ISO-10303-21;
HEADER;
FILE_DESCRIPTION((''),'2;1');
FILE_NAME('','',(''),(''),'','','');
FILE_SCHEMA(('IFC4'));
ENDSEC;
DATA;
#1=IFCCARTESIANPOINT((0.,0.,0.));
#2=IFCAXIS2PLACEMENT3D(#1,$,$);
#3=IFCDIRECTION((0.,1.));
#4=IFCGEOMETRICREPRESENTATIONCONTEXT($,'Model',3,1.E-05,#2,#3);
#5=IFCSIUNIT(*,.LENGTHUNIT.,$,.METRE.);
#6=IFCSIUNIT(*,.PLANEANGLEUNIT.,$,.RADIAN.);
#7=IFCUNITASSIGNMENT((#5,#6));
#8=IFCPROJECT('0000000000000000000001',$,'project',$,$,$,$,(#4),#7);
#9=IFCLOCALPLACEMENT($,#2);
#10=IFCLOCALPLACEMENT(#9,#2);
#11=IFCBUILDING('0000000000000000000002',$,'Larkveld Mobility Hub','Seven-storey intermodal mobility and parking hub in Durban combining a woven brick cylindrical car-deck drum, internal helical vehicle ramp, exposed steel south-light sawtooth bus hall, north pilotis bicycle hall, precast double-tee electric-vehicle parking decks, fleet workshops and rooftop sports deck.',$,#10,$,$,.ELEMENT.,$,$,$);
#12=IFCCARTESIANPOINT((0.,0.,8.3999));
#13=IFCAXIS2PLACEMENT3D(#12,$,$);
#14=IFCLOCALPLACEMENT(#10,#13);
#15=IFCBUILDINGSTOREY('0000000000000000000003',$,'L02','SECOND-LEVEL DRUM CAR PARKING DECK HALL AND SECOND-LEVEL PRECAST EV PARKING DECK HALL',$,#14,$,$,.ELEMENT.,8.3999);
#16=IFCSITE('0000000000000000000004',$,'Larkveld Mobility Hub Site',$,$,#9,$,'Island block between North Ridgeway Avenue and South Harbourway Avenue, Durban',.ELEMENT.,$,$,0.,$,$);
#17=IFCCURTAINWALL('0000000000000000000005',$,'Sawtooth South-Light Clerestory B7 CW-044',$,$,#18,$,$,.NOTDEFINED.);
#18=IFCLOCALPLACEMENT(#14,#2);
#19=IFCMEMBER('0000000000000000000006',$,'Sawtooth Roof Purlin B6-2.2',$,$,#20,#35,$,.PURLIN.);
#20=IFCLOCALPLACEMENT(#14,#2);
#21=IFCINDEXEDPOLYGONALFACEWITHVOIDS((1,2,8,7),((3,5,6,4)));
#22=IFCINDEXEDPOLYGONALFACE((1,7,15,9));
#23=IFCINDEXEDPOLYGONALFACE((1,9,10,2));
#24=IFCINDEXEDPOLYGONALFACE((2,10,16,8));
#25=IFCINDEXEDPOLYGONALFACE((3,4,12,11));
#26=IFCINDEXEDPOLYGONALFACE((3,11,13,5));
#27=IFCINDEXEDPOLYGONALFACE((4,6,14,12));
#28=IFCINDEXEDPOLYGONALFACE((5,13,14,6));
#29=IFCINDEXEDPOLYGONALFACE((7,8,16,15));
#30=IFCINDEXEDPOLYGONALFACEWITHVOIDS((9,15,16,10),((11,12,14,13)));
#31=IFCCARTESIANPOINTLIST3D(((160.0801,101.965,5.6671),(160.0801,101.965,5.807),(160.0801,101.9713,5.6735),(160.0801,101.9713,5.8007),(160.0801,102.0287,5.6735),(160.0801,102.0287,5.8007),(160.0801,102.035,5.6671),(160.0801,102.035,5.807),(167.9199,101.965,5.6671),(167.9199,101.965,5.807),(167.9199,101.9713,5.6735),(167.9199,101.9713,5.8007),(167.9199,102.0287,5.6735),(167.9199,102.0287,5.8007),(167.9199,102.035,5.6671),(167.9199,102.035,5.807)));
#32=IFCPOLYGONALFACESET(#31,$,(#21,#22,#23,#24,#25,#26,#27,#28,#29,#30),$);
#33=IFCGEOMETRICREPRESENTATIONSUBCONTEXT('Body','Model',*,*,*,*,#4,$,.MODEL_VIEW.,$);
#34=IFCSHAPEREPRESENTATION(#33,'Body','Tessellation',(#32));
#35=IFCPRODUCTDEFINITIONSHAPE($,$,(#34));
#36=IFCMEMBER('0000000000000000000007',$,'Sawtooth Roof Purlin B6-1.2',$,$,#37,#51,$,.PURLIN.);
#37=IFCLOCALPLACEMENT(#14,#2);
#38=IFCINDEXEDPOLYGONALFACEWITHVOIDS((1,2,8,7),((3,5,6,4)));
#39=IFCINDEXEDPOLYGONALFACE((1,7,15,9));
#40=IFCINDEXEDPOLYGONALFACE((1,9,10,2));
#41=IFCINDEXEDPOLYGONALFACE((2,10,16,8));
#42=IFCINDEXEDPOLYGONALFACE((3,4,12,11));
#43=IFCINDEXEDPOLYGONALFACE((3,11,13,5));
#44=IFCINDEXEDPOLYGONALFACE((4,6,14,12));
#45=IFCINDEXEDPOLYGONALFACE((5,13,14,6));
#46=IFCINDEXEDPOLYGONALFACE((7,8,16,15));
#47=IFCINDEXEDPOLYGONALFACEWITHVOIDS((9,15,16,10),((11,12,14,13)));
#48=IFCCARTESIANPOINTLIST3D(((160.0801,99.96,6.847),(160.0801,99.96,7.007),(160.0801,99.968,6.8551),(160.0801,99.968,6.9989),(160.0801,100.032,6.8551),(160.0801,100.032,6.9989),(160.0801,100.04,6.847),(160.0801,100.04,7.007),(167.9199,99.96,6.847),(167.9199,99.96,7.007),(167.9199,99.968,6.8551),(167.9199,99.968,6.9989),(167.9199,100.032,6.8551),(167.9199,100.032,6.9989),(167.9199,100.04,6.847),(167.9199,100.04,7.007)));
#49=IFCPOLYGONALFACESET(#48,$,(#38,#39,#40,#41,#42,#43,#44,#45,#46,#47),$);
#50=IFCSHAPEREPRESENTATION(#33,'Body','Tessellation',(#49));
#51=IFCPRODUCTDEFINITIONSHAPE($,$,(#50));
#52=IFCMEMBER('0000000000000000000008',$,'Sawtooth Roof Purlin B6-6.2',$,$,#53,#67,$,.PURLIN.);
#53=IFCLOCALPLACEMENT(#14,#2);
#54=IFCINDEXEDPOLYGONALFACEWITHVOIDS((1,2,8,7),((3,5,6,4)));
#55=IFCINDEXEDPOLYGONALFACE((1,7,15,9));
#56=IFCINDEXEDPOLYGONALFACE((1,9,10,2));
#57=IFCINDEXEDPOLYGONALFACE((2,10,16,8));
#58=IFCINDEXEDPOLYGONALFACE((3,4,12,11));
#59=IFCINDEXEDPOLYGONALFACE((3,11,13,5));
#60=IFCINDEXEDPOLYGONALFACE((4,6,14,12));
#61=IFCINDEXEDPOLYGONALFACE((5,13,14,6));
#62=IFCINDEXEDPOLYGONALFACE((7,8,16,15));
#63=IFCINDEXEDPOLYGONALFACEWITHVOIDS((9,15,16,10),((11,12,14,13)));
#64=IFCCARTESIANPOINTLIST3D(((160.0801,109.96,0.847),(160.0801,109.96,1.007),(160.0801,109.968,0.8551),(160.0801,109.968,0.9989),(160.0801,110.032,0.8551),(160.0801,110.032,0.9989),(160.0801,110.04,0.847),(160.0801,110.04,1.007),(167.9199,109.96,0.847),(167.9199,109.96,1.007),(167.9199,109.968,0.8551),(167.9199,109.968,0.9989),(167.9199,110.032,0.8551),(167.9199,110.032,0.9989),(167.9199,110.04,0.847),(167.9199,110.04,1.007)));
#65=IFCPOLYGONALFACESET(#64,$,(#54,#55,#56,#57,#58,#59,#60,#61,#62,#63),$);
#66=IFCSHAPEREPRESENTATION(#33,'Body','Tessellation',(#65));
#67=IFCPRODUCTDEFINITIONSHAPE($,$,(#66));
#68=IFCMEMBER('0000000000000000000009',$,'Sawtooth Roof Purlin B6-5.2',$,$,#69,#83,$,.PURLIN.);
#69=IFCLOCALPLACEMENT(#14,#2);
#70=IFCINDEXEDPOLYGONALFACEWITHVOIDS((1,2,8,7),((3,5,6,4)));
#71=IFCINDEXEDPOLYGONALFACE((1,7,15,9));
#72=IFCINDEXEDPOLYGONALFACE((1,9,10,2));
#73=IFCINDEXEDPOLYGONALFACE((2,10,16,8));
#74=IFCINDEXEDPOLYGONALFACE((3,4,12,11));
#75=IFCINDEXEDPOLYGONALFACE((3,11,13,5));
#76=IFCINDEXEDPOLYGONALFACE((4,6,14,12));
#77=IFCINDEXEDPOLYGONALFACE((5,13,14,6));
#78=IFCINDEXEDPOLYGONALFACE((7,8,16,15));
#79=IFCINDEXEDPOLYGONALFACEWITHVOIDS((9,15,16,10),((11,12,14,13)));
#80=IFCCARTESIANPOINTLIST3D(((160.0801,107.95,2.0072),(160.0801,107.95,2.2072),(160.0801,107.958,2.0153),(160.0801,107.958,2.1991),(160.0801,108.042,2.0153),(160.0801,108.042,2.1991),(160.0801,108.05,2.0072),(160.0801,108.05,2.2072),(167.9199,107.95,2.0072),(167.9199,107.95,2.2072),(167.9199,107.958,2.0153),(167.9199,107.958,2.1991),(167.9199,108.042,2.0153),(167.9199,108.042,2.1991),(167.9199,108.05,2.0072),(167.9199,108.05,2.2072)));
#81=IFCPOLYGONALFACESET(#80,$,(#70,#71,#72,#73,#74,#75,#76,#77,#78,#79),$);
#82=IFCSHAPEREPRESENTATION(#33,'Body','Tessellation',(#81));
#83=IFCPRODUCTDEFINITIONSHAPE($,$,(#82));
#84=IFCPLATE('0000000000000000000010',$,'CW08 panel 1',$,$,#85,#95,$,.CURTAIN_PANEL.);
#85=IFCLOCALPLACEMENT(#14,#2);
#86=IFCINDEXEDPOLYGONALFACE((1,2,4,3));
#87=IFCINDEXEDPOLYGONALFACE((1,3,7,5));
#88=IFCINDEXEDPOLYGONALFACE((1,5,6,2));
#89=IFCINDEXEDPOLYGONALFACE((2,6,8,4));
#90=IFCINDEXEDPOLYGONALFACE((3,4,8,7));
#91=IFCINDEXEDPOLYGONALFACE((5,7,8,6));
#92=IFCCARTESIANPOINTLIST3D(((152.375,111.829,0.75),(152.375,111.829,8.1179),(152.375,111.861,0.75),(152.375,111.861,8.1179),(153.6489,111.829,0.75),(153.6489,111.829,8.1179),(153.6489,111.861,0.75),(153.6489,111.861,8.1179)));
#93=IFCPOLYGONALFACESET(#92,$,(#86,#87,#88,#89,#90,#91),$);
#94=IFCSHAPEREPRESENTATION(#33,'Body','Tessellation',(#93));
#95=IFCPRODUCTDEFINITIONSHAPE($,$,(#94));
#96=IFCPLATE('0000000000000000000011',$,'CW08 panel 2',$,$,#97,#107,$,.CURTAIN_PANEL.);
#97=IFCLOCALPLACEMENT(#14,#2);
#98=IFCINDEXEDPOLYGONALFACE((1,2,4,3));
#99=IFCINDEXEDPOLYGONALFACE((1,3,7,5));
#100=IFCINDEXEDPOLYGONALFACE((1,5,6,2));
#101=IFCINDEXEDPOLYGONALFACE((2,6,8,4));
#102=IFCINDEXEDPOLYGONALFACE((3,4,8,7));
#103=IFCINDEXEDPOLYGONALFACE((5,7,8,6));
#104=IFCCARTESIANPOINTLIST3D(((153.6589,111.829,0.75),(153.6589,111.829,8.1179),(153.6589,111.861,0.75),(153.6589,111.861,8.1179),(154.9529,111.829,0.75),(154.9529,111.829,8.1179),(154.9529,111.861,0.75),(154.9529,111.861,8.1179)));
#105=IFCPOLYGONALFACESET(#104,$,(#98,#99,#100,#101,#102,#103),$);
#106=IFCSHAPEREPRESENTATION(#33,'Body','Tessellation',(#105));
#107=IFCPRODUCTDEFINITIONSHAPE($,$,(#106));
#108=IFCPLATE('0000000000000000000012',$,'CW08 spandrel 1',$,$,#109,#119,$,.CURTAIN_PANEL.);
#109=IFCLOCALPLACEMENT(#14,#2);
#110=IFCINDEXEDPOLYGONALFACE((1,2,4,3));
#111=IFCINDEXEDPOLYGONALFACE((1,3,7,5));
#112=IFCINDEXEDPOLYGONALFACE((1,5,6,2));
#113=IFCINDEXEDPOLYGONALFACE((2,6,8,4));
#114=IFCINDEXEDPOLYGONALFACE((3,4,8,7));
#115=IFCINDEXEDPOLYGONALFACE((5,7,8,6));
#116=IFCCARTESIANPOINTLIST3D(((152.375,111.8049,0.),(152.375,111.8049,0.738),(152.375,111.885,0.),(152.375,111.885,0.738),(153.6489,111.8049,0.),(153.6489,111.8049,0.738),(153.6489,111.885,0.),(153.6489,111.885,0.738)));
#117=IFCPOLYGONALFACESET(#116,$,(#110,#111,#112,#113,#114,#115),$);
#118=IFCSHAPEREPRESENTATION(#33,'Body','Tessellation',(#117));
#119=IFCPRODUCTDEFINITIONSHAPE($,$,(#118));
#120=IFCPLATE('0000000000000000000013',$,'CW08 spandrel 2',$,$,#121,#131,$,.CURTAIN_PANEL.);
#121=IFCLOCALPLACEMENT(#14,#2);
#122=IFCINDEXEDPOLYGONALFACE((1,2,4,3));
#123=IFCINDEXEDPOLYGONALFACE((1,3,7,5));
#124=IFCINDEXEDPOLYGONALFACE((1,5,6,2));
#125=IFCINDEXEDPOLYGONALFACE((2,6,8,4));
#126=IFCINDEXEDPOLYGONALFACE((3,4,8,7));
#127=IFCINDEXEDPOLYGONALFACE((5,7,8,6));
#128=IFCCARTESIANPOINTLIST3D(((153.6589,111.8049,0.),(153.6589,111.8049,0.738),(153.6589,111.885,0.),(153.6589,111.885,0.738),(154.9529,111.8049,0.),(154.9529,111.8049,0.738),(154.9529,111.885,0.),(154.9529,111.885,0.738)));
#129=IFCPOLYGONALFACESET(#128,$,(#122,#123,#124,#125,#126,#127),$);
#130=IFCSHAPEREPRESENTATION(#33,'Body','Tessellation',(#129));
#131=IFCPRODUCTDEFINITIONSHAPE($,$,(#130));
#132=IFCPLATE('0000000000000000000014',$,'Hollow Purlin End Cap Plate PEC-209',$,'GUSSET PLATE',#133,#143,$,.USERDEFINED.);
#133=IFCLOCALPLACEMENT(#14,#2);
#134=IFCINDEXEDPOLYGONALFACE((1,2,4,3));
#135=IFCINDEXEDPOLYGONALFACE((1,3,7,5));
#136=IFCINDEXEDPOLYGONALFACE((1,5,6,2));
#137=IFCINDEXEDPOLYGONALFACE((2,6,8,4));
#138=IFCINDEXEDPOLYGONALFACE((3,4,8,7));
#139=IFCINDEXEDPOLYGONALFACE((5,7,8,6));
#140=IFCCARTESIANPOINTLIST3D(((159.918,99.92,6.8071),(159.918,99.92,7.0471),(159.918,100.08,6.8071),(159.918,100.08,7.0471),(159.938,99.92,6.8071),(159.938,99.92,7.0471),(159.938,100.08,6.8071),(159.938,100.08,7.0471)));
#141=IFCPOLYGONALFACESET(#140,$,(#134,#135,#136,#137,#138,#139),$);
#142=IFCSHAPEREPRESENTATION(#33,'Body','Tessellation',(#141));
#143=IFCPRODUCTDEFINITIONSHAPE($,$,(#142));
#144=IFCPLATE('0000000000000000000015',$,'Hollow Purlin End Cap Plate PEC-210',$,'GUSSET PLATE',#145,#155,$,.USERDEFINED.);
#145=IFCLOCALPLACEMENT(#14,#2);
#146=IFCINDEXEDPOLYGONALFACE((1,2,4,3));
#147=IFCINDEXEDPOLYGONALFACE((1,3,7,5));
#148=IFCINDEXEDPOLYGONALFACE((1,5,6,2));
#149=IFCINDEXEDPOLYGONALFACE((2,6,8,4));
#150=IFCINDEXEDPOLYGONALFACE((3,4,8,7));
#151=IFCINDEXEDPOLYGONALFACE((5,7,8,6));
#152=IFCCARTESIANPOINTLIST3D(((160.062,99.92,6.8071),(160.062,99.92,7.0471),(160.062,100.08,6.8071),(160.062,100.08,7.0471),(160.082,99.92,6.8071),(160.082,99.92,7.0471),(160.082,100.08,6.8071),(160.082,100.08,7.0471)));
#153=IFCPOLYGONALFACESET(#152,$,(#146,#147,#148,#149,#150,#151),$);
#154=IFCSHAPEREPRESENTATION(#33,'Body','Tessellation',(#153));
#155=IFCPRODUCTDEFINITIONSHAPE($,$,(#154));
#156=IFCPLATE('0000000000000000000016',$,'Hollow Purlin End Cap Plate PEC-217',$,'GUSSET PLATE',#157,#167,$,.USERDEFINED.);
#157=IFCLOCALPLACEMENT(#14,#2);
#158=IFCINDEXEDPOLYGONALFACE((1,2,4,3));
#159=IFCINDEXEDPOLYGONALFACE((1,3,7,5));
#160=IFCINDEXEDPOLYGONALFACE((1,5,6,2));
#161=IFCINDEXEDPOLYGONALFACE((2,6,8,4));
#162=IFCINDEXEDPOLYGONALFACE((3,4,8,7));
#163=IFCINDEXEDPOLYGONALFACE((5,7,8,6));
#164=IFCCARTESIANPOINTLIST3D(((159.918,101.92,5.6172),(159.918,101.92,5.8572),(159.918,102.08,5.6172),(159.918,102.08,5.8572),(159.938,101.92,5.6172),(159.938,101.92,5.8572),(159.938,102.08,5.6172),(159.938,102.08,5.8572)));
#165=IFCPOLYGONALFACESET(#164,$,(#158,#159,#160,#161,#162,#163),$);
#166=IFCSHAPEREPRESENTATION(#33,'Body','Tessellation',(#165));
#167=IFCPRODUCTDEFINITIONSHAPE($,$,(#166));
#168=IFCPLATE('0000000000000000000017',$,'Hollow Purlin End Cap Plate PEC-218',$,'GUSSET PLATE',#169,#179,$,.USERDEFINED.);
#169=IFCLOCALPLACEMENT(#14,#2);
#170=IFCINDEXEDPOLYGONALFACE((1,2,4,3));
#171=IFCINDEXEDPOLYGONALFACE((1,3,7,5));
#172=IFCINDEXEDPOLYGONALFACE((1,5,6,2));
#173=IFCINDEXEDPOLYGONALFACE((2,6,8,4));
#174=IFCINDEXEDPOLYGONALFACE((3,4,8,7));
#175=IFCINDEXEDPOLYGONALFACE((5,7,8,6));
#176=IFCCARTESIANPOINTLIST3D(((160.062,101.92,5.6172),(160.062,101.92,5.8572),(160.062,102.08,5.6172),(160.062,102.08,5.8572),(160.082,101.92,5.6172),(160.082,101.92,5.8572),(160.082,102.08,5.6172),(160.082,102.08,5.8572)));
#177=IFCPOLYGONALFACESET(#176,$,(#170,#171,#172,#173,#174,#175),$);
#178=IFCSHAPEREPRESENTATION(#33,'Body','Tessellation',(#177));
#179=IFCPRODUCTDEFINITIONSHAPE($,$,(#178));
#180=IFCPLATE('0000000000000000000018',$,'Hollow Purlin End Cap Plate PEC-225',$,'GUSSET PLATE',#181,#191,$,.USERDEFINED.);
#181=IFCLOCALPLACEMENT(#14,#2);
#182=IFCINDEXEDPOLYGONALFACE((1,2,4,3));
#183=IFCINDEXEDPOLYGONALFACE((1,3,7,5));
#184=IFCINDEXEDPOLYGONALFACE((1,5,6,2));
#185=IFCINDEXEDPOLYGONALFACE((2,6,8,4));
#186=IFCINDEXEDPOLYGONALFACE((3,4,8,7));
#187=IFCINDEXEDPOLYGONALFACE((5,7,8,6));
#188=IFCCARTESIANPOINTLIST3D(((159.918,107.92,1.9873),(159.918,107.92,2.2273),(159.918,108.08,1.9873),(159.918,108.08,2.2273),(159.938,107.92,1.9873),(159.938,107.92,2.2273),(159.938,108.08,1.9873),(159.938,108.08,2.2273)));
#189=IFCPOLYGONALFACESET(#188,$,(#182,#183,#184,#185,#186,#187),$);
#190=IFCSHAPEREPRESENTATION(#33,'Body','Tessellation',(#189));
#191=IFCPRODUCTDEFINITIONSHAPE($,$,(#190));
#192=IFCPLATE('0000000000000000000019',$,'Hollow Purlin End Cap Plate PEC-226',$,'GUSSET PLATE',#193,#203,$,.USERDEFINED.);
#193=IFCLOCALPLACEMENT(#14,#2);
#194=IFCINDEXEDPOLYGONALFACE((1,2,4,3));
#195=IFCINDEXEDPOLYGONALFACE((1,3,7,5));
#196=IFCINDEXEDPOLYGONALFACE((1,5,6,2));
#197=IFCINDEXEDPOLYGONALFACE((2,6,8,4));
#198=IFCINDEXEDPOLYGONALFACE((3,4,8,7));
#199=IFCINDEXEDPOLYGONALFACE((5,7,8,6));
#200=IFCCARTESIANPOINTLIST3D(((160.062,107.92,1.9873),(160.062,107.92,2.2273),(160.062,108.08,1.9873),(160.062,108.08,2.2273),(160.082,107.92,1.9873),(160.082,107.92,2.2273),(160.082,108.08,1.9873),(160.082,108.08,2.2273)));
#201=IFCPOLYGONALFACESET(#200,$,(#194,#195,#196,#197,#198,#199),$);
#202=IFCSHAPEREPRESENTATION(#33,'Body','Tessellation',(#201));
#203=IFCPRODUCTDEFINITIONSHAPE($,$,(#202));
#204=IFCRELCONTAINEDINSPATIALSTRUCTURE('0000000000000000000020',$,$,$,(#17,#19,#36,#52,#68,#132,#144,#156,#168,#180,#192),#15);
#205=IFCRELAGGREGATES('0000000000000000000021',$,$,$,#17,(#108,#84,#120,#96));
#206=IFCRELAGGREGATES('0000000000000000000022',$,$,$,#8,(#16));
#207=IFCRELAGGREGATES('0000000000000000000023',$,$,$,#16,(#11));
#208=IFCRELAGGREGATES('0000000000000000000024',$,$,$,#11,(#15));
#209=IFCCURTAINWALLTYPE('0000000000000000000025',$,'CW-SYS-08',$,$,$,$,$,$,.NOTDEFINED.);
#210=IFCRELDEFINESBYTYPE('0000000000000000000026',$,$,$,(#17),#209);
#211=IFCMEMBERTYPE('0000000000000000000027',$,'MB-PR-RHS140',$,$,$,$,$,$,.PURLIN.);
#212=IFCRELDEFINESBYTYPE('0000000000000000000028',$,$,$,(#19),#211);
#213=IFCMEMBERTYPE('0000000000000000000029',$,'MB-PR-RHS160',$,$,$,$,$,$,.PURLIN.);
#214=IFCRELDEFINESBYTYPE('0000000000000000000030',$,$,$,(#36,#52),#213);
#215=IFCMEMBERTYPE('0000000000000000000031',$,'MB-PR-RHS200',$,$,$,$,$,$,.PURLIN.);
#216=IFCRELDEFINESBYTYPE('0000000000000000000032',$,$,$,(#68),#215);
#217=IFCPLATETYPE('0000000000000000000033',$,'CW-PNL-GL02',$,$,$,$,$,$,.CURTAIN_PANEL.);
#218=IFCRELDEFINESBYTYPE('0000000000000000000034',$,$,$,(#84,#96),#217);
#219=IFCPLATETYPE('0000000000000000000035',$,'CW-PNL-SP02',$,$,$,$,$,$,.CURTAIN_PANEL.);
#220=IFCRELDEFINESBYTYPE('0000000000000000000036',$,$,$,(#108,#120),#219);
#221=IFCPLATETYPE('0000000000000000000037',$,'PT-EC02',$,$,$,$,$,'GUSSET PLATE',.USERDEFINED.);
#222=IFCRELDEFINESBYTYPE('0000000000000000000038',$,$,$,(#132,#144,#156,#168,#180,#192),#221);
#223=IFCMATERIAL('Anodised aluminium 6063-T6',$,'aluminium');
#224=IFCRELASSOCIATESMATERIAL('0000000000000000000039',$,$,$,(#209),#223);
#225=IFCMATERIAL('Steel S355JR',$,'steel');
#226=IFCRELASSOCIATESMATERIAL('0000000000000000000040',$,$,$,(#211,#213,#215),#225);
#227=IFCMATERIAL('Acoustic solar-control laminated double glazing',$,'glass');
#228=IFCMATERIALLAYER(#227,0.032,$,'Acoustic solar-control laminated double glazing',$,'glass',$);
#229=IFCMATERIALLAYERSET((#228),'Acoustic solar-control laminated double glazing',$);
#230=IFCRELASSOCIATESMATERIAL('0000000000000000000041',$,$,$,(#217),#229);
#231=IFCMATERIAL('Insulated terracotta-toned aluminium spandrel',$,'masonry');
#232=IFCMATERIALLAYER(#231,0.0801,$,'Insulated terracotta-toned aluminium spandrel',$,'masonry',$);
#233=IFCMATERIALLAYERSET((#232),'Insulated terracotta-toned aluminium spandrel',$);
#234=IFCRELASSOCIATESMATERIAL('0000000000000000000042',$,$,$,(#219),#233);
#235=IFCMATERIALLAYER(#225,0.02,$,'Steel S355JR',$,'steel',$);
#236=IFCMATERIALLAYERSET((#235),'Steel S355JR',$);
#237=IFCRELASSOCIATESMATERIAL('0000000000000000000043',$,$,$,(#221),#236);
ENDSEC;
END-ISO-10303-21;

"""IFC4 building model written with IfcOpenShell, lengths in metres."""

from ifc_helpers import new_model, si_unit, direction, frame, origin, origin_2d, place, context, subcontext, project, spatial, rectangle, hollow_rectangle, extrude, material, layer, layer_set, material_profile, profile_set, type_object, element, aggregate, save


model = new_model("IFC4")

# Units and contexts
model_context = context("Model", 3, precision=1e-05, world=origin(), true_north=direction((0.0, 1.0)))
body_context = subcontext(model_context, "Body", "Model", "MODEL_VIEW")
ifc_project = project(units=[si_unit("LENGTHUNIT", "METRE"), si_unit("PLANEANGLEUNIT", "RADIAN")], contexts=[model_context])

# Site, building, storey
site_placement = place(None, origin())
site = spatial("IfcSite", under=ifc_project, at=site_placement, Name="Larkveld Mobility Hub Site", LongName="Island block between North Ridgeway Avenue and South Harbourway Avenue, Durban", CompositionType="ELEMENT", RefElevation=0.0)
building_placement = place(site_placement, origin())
building = spatial("IfcBuilding", under=site, at=building_placement, Name="Larkveld Mobility Hub", Description="Seven-storey intermodal mobility and parking hub in Durban combining a woven brick cylindrical car-deck drum, internal helical vehicle ramp, exposed steel south-light sawtooth bus hall, north pilotis bicycle hall, precast double-tee electric-vehicle parking decks, fleet workshops and rooftop sports deck.", CompositionType="ELEMENT")
storey_placement = place(building_placement, frame((0.0, 0.0, 8.3999)))
storey = spatial("IfcBuildingStorey", under=building, at=storey_placement, Name="L02", Description="SECOND-LEVEL DRUM CAR PARKING DECK HALL AND SECOND-LEVEL PRECAST EV PARKING DECK HALL", CompositionType="ELEMENT", Elevation=8.3999)

# Curtain wall
ifc_material_1 = material(Name="Anodised aluminium 6063-T6", Category="aluminium")
curtain_wall_type = type_object("IfcCurtainWallType", Name="CW-SYS-08", PredefinedType="NOTDEFINED", material=ifc_material_1)
curtain_wall_placement = place(storey_placement, origin())
curtain_wall = element("IfcCurtainWall", 1, at=curtain_wall_placement, inside=storey, type_object=curtain_wall_type, Name="Sawtooth South-Light Clerestory B7 CW-044", PredefinedType="NOTDEFINED")

# Members
ifc_material_2 = material(Name="Steel S355JR", Category="steel")
ifc_material_profile_1 = material_profile(ifc_material_2, hollow_rectangle(XDim=0.0701, YDim=0.1399, WallThickness=0.0063, at=origin_2d()), Name="RHS 140x70x6.3")
ifc_profile_set_1 = profile_set([ifc_material_profile_1], Name="Steel S355JR")
member_type_1 = type_object("IfcMemberType", Name="MB-PR-RHS140", PredefinedType="PURLIN", material=ifc_profile_set_1)
member_1_placement = place(storey_placement, frame((160.0801, 102.0, 5.7371), z_axis=(1.0, 0.0, 0.0), x_axis=(0.0, 1.0, 0.0)))
element("IfcMember", 2, at=member_1_placement, inside=storey, type_object=member_type_1, Name="Sawtooth Roof Purlin B6-2.2", PredefinedType="PURLIN", context=body_context, shape_type="SweptSolid", body=[
    extrude(hollow_rectangle(XDim=0.0701, YDim=0.1399, WallThickness=0.0063, at=origin_2d()), origin(), (0.0, 0.0, 1.0), 7.8398),
])
ifc_material_profile_2 = material_profile(ifc_material_2, hollow_rectangle(XDim=0.0801, YDim=0.1599, WallThickness=0.0081, at=origin_2d()), Name="RHS 160x80x8")
ifc_profile_set_2 = profile_set([ifc_material_profile_2], Name="Steel S355JR")
member_type_2 = type_object("IfcMemberType", Name="MB-PR-RHS160", PredefinedType="PURLIN", material=ifc_profile_set_2)
for number, where, z_axis, x_axis, name in (
    (3, (160.0801, 100.0, 6.927), (1.0, 0.0, 0.0), (0.0, 1.0, 0.0), "Sawtooth Roof Purlin B6-1.2"),
    (4, (160.0801, 110.0, 0.927), (1.0, 0.0, 0.0), (0.0, 1.0, 0.0), "Sawtooth Roof Purlin B6-6.2"),
):
    element("IfcMember", number, at=place(storey_placement, frame(where, z_axis=z_axis, x_axis=x_axis)), inside=storey, type_object=member_type_2, Name=name, PredefinedType="PURLIN", context=body_context, shape_type="SweptSolid", body=[
        extrude(hollow_rectangle(XDim=0.0801, YDim=0.1599, WallThickness=0.0081, at=origin_2d()), origin(), (0.0, 0.0, 1.0), 7.8398),
    ])
ifc_material_profile_3 = material_profile(ifc_material_2, hollow_rectangle(XDim=0.1001, YDim=0.2, WallThickness=0.0081, at=origin_2d()), Name="RHS 200x100x8")
ifc_profile_set_3 = profile_set([ifc_material_profile_3], Name="Steel S355JR")
member_type_3 = type_object("IfcMemberType", Name="MB-PR-RHS200", PredefinedType="PURLIN", material=ifc_profile_set_3)
member_2_placement = place(storey_placement, frame((160.0801, 108.0, 2.1072), z_axis=(1.0, 0.0, 0.0), x_axis=(0.0, 1.0, 0.0)))
element("IfcMember", 5, at=member_2_placement, inside=storey, type_object=member_type_3, Name="Sawtooth Roof Purlin B6-5.2", PredefinedType="PURLIN", context=body_context, shape_type="SweptSolid", body=[
    extrude(hollow_rectangle(XDim=0.1001, YDim=0.2, WallThickness=0.0081, at=origin_2d()), origin(), (0.0, 0.0, 1.0), 7.8398),
])

# Plates
ifc_material_3 = material(Name="Acoustic solar-control laminated double glazing", Category="glass")
ifc_layer_1 = layer(ifc_material_3, 0.032, Name="Acoustic solar-control laminated double glazing", Category="glass")
ifc_layer_set_1 = layer_set([ifc_layer_1], Name="Acoustic solar-control laminated double glazing")
plate_type_1 = type_object("IfcPlateType", Name="CW-PNL-GL02", PredefinedType="CURTAIN_PANEL", material=ifc_layer_set_1)
plate_1_placement = place(storey_placement, frame((153.012, 111.845, 0.75), z_axis=(0.0, 0.0, 1.0), x_axis=(1.0, 0.0, 0.0)))
plate_1 = element("IfcPlate", 6, at=plate_1_placement, type_object=plate_type_1, Name="CW08 panel 1", PredefinedType="CURTAIN_PANEL", context=body_context, shape_type="SweptSolid", body=[
    extrude(rectangle(XDim=1.2739, YDim=0.032, at=origin_2d()), origin(), (0.0, 0.0, 1.0), 7.3679),
])
plate_2_placement = place(storey_placement, frame((154.3059, 111.845, 0.75), z_axis=(0.0, 0.0, 1.0), x_axis=(1.0, 0.0, 0.0)))
plate_2 = element("IfcPlate", 7, at=plate_2_placement, type_object=plate_type_1, Name="CW08 panel 2", PredefinedType="CURTAIN_PANEL", context=body_context, shape_type="SweptSolid", body=[
    extrude(rectangle(XDim=1.2939, YDim=0.032, at=origin_2d()), origin(), (0.0, 0.0, 1.0), 7.3679),
])
ifc_material_4 = material(Name="Insulated terracotta-toned aluminium spandrel", Category="masonry")
ifc_layer_2 = layer(ifc_material_4, 0.0801, Name="Insulated terracotta-toned aluminium spandrel", Category="masonry")
ifc_layer_set_2 = layer_set([ifc_layer_2], Name="Insulated terracotta-toned aluminium spandrel")
plate_type_2 = type_object("IfcPlateType", Name="CW-PNL-SP02", PredefinedType="CURTAIN_PANEL", material=ifc_layer_set_2)
plate_3_placement = place(storey_placement, frame((153.012, 111.845, 0.0), z_axis=(0.0, 0.0, 1.0), x_axis=(1.0, 0.0, 0.0)))
plate_3 = element("IfcPlate", 8, at=plate_3_placement, type_object=plate_type_2, Name="CW08 spandrel 1", PredefinedType="CURTAIN_PANEL", context=body_context, shape_type="SweptSolid", body=[
    extrude(rectangle(XDim=1.2739, YDim=0.0801, at=origin_2d()), origin(), (0.0, 0.0, 1.0), 0.738),
])
plate_4_placement = place(storey_placement, frame((154.3059, 111.845, 0.0), z_axis=(0.0, 0.0, 1.0), x_axis=(1.0, 0.0, 0.0)))
plate_4 = element("IfcPlate", 9, at=plate_4_placement, type_object=plate_type_2, Name="CW08 spandrel 2", PredefinedType="CURTAIN_PANEL", context=body_context, shape_type="SweptSolid", body=[
    extrude(rectangle(XDim=1.2939, YDim=0.0801, at=origin_2d()), origin(), (0.0, 0.0, 1.0), 0.738),
])
aggregate(curtain_wall, [plate_3, plate_1, plate_4, plate_2])

# Plates
ifc_layer_3 = layer(ifc_material_2, 0.02, Name="Steel S355JR", Category="steel")
ifc_layer_set_3 = layer_set([ifc_layer_3], Name="Steel S355JR")
plate_type_3 = type_object("IfcPlateType", Name="PT-EC02", ElementType="GUSSET PLATE", PredefinedType="USERDEFINED", material=ifc_layer_set_3)
for number, where, z_axis, x_axis, name in (
    (10, (159.928, 100.0, 6.8071), (0.0, 0.0, 1.0), (1.0, 0.0, 0.0), "Hollow Purlin End Cap Plate PEC-209"),
    (11, (160.072, 100.0, 6.8071), (0.0, 0.0, 1.0), (1.0, 0.0, 0.0), "Hollow Purlin End Cap Plate PEC-210"),
    (12, (159.928, 102.0, 5.6172), (0.0, 0.0, 1.0), (1.0, 0.0, 0.0), "Hollow Purlin End Cap Plate PEC-217"),
    (13, (160.072, 102.0, 5.6172), (0.0, 0.0, 1.0), (1.0, 0.0, 0.0), "Hollow Purlin End Cap Plate PEC-218"),
    (14, (159.928, 108.0, 1.9873), (0.0, 0.0, 1.0), (1.0, 0.0, 0.0), "Hollow Purlin End Cap Plate PEC-225"),
    (15, (160.072, 108.0, 1.9873), (0.0, 0.0, 1.0), (1.0, 0.0, 0.0), "Hollow Purlin End Cap Plate PEC-226"),
):
    element("IfcPlate", number, at=place(storey_placement, frame(where, z_axis=z_axis, x_axis=x_axis)), inside=storey, type_object=plate_type_3, Name=name, ObjectType="GUSSET PLATE", PredefinedType="USERDEFINED", context=body_context, shape_type="SweptSolid", body=[
        extrude(rectangle(XDim=0.02, YDim=0.1599, at=origin_2d()), origin(), (0.0, 0.0, 1.0), 0.24),
    ])

save(model, "model.ifc")
